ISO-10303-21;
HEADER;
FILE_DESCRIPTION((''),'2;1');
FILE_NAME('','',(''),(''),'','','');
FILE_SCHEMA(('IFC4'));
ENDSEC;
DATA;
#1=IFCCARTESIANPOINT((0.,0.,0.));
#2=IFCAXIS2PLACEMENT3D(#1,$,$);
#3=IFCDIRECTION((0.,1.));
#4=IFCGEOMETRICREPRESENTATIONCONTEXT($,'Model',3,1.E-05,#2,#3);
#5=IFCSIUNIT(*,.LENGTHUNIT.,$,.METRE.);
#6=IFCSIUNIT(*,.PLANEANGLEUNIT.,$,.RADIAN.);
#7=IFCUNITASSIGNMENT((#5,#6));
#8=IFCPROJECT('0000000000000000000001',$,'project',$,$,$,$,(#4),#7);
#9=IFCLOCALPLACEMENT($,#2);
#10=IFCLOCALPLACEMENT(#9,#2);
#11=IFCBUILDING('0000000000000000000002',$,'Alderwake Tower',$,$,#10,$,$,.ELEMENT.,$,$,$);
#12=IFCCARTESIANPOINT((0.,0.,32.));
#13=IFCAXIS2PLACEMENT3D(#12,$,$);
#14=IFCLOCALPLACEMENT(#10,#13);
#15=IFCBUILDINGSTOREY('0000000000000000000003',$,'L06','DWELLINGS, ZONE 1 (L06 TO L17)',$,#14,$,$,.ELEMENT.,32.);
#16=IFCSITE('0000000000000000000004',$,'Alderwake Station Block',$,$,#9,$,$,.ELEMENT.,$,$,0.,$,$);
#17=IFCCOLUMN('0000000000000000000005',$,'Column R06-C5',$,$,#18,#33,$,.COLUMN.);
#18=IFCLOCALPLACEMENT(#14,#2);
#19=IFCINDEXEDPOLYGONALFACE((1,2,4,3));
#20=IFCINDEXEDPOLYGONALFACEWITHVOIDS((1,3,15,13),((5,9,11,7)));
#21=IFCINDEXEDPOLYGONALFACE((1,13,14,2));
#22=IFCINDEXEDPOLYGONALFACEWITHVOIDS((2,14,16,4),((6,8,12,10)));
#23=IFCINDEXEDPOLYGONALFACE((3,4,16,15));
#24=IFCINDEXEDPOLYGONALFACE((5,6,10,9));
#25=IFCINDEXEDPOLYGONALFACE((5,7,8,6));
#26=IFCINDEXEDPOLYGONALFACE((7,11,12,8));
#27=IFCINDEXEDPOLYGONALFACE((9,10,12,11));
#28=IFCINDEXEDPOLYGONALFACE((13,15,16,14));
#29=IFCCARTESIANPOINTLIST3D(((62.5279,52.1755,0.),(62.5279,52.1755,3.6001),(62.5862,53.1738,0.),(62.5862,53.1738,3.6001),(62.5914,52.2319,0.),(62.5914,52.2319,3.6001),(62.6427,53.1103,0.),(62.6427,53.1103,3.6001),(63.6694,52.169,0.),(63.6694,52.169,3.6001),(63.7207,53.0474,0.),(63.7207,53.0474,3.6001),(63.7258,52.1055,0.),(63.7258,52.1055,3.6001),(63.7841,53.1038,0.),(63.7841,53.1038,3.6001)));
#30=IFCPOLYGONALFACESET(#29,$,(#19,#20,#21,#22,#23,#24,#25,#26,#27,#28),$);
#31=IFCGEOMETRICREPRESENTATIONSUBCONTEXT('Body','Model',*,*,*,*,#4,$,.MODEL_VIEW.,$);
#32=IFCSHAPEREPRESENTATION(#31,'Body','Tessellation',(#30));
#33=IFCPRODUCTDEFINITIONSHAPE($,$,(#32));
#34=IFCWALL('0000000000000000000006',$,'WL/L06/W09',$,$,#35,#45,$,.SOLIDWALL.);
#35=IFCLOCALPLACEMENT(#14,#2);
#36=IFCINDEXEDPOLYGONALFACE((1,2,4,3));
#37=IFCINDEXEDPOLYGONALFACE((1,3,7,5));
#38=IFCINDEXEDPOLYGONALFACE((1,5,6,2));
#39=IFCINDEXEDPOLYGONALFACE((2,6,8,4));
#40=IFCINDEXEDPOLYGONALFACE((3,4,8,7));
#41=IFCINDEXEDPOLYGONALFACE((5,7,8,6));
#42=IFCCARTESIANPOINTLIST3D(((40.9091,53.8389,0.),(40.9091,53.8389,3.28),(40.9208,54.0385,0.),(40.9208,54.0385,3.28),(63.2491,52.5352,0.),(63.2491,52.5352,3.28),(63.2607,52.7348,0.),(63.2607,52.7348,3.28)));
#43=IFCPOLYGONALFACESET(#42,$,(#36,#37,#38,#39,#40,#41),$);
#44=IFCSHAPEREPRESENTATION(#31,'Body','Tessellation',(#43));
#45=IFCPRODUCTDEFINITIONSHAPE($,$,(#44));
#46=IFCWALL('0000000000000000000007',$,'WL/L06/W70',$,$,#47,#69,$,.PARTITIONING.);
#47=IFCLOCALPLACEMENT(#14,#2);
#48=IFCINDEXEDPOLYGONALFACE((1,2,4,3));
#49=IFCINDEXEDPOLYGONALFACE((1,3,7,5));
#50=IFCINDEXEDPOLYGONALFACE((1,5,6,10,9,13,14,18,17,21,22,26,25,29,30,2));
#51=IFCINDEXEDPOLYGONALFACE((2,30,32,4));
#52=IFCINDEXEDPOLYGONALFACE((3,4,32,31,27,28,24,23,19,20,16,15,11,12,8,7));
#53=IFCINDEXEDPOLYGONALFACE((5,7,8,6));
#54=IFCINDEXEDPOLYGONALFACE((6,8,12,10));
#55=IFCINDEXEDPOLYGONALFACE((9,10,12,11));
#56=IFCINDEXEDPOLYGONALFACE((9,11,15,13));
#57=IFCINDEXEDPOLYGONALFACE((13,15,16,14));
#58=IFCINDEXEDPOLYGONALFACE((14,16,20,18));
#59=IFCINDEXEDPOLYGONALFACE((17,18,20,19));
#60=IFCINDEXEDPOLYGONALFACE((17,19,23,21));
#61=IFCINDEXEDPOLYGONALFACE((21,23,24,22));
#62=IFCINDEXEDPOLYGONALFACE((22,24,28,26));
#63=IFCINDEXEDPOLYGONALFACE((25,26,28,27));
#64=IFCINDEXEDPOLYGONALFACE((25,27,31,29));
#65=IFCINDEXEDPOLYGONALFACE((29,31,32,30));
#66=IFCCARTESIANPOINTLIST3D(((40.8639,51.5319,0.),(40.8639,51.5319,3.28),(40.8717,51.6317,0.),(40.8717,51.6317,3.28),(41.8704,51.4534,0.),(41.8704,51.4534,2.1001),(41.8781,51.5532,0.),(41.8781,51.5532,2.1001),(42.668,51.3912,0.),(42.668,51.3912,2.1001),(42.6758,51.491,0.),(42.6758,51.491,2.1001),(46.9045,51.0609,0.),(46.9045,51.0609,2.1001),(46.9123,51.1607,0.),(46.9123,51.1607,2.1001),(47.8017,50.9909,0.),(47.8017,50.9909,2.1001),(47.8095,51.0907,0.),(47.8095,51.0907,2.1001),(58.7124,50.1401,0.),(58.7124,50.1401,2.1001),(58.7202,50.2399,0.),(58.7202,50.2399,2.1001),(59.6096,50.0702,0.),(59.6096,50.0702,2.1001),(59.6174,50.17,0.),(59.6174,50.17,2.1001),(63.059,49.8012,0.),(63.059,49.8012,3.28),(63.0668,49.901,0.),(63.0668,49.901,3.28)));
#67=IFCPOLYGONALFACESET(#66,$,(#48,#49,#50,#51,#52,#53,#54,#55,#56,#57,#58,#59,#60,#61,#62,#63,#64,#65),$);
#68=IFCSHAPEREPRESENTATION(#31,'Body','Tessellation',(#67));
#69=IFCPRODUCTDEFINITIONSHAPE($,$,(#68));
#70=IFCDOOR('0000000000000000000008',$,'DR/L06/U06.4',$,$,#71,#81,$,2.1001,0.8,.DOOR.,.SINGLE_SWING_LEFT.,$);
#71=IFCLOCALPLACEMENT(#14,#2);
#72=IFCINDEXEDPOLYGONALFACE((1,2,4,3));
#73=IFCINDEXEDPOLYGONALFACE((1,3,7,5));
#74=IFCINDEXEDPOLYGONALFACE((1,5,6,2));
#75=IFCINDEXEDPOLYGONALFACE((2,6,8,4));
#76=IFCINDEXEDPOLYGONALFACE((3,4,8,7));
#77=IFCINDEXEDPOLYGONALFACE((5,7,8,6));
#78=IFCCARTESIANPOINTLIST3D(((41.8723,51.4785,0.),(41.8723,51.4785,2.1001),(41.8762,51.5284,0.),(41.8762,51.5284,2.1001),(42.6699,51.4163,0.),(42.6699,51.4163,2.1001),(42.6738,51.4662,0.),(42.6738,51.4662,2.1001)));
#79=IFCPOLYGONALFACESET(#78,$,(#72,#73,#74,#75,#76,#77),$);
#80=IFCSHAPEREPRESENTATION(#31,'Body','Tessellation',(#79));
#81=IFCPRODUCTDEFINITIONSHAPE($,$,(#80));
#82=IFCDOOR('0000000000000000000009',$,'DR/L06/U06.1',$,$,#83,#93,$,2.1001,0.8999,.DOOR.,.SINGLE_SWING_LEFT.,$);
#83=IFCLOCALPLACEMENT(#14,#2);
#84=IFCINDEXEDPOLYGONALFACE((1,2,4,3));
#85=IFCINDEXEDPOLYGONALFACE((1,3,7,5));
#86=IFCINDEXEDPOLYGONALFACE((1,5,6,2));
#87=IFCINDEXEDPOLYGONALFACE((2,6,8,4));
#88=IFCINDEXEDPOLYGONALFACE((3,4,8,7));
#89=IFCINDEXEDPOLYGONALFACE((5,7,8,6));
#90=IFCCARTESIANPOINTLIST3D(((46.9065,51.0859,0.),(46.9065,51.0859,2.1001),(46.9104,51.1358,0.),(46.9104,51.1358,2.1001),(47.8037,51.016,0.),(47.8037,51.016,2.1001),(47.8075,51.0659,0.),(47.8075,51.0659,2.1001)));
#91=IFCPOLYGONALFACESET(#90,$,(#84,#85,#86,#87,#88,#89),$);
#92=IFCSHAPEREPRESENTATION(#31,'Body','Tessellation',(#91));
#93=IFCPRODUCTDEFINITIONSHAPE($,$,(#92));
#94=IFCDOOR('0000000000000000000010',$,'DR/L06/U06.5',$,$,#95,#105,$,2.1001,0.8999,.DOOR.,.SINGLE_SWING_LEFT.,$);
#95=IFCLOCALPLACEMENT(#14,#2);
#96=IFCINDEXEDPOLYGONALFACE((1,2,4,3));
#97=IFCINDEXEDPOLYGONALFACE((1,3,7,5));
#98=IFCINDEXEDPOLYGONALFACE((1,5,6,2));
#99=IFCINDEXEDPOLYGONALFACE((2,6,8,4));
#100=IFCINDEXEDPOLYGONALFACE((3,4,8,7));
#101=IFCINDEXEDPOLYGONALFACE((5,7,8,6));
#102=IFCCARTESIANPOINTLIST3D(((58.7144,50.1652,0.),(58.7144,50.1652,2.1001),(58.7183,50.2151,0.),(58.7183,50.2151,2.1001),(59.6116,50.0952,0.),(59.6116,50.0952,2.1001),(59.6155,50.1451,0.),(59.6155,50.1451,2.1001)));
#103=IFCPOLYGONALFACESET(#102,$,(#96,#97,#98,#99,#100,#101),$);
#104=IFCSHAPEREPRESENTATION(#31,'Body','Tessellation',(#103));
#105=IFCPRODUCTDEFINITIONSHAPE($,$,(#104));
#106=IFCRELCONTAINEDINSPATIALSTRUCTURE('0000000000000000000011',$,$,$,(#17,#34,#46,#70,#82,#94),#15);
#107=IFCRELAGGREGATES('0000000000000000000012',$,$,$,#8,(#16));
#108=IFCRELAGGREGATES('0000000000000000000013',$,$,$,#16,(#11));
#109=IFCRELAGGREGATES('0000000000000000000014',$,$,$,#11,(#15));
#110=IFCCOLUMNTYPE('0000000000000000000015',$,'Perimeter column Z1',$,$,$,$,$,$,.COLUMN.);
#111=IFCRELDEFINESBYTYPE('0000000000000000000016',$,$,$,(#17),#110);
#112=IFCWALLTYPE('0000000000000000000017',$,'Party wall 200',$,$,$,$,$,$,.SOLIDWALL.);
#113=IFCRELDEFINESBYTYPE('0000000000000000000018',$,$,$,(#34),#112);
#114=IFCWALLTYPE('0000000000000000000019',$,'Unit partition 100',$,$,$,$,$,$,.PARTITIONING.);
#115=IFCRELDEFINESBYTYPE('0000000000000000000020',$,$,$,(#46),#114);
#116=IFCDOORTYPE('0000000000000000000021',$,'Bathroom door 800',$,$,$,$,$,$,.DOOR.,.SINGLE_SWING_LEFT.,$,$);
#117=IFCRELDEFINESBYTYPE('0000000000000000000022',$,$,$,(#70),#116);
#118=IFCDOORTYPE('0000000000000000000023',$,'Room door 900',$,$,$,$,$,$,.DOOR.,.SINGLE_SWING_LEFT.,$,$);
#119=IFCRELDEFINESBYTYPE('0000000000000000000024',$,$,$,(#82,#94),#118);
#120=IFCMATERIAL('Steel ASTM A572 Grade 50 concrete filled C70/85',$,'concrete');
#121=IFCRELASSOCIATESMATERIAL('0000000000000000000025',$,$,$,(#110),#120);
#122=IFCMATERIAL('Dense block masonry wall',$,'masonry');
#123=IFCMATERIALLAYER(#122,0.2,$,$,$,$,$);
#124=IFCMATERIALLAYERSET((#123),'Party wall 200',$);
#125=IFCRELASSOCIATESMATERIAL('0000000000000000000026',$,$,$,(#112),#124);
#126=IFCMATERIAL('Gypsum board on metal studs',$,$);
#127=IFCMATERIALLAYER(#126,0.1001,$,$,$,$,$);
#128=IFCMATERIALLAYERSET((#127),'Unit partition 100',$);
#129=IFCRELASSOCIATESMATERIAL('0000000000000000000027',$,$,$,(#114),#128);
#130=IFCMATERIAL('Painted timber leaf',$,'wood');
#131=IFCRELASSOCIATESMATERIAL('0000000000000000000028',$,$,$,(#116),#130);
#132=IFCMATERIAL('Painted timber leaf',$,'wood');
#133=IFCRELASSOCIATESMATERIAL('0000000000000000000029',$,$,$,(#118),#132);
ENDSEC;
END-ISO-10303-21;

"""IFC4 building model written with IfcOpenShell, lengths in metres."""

from ifc_helpers import new_model, si_unit, direction, frame, frame_2d, origin, origin_2d, place, context, subcontext, project, spatial, rectangle, hollow_rectangle, extrude, material, layer, layer_set, material_profile, profile_set, type_object, element, fill, save


model = new_model("IFC4")

# Units and contexts
model_context = context("Model", 3, precision=1e-05, world=origin(), true_north=direction((0.0, 1.0)))
body_context = subcontext(model_context, "Body", "Model", "MODEL_VIEW")
ifc_project = project(units=[si_unit("LENGTHUNIT", "METRE"), si_unit("PLANEANGLEUNIT", "RADIAN")], contexts=[model_context])

# Site, building, storey
site_placement = place(None, origin())
site = spatial("IfcSite", under=ifc_project, at=site_placement, Name="Alderwake Station Block", CompositionType="ELEMENT", RefElevation=0.0)
building_placement = place(site_placement, origin())
building = spatial("IfcBuilding", under=site, at=building_placement, Name="Alderwake Tower", CompositionType="ELEMENT")
storey_placement = place(building_placement, frame((0.0, 0.0, 32.0)))
storey = spatial("IfcBuildingStorey", under=building, at=storey_placement, Name="L06", Description="DWELLINGS, ZONE 1 (L06 TO L17)", CompositionType="ELEMENT", Elevation=32.0)

# Column
ifc_material_1 = material(Name="Steel ASTM A572 Grade 50 concrete filled C70/85", Category="concrete")
ifc_material_profile_1 = material_profile(ifc_material_1, hollow_rectangle(XDim=1.0, YDim=1.2, WallThickness=0.0601, at=origin_2d()), Name="BOX 1200X1000X60")
ifc_profile_set_1 = profile_set([ifc_material_profile_1], Name="Steel ASTM A572 Grade 50 concrete filled C70/85")
column_type = type_object("IfcColumnType", Name="Perimeter column Z1", PredefinedType="COLUMN", material=ifc_profile_set_1)
column_placement = place(storey_placement, frame((63.156, 52.6396, 0.0), z_axis=(0.0, 0.0, 1.0), x_axis=(0.058301, 0.998299, 0.0)))
element("IfcColumn", 1, at=column_placement, inside=storey, type_object=column_type, Name="Column R06-C5", PredefinedType="COLUMN", context=body_context, shape_type="SweptSolid", body=[
    extrude(hollow_rectangle(XDim=1.0, YDim=1.2, WallThickness=0.0601, at=origin_2d()), origin(), (0.0, 0.0, 1.0), 3.6001),
])

# Wall
ifc_material_2 = material(Name="Dense block masonry wall", Category="masonry")
ifc_layer_1 = layer(ifc_material_2, 0.2)
ifc_layer_set_1 = layer_set([ifc_layer_1], Name="Party wall 200")
wall_type_1 = type_object("IfcWallType", Name="Party wall 200", PredefinedType="SOLIDWALL", material=ifc_layer_set_1)
wall_1_placement = place(storey_placement, frame((63.2549, 52.635, 0.0), z_axis=(0.0, 0.0, 1.0), x_axis=(-0.998302, 0.058259, 0.0)))
element("IfcWall", 2, at=wall_1_placement, inside=storey, type_object=wall_type_1, Name="WL/L06/W09", PredefinedType="SOLIDWALL", context=body_context, shape_type="SweptSolid", body=[
    extrude(rectangle(XDim=22.3779, YDim=0.2, at=frame_2d((11.189, 0.0))), origin(), (0.0, 0.0, 1.0), 3.28),
])

# Wall, openings, doors
ifc_material_3 = material(Name="Gypsum board on metal studs")
ifc_layer_2 = layer(ifc_material_3, 0.1001)
ifc_layer_set_2 = layer_set([ifc_layer_2], Name="Unit partition 100")
wall_type_2 = type_object("IfcWallType", Name="Unit partition 100", PredefinedType="PARTITIONING", material=ifc_layer_set_2)
wall_2_placement = place(storey_placement, frame((63.063, 49.8511, 0.0), z_axis=(0.0, 0.0, 1.0), x_axis=(-0.996974, 0.077741, 0.0)))
wall_2 = element("IfcWall", 3, at=wall_2_placement, inside=storey, type_object=wall_type_2, Name="WL/L06/W70", PredefinedType="PARTITIONING", context=body_context, shape_type="SweptSolid", body=[
    extrude(rectangle(XDim=22.2625, YDim=0.1001, at=frame_2d((11.1313, 0.0))), origin(), (0.0, 0.0, 1.0), 3.28),
])
opening_1_placement = place(wall_2_placement, frame((15.3037, 0.0, 0.0)))
opening_1 = element("IfcOpeningElement", 4, at=opening_1_placement, cuts=wall_2, PredefinedType="OPENING", context=body_context, shape_type="SweptSolid", body=[
    extrude(rectangle(XDim=0.8999, YDim=2.1001, at=frame_2d((0.45, 1.05))), frame((0.0, 0.0601, 0.0), z_axis=(0.0, -1.0, 0.0), x_axis=(1.0, 0.0, 0.0)), (0.0, 0.0, 1.0), 0.1201),
])
opening_2_placement = place(wall_2_placement, frame((20.4531, 0.0, 0.0)))
opening_2 = element("IfcOpeningElement", 5, at=opening_2_placement, cuts=wall_2, PredefinedType="OPENING", context=body_context, shape_type="SweptSolid", body=[
    extrude(rectangle(XDim=0.8, YDim=2.1001, at=frame_2d((0.3999, 1.05))), frame((0.0, 0.0601, 0.0), z_axis=(0.0, -1.0, 0.0), x_axis=(1.0, 0.0, 0.0)), (0.0, 0.0, 1.0), 0.1201),
])
opening_3_placement = place(wall_2_placement, frame((3.46, 0.0, 0.0)))
opening_3 = element("IfcOpeningElement", 6, at=opening_3_placement, cuts=wall_2, PredefinedType="OPENING", context=body_context, shape_type="SweptSolid", body=[
    extrude(rectangle(XDim=0.8999, YDim=2.1001, at=frame_2d((0.45, 1.05))), frame((0.0, 0.0601, 0.0), z_axis=(0.0, -1.0, 0.0), x_axis=(1.0, 0.0, 0.0)), (0.0, 0.0, 1.0), 0.1201),
])
ifc_material_4 = material(Name="Painted timber leaf", Category="wood")
door_type_1 = type_object("IfcDoorType", Name="Bathroom door 800", OperationType="SINGLE_SWING_LEFT", PredefinedType="DOOR", material=ifc_material_4)
door_1_placement = place(opening_2_placement, origin())
door_1 = element("IfcDoor", 7, at=door_1_placement, inside=storey, type_object=door_type_1, Name="DR/L06/U06.4", OperationType="SINGLE_SWING_LEFT", OverallHeight=2.1001, OverallWidth=0.8, PredefinedType="DOOR", context=body_context, shape_type="SweptSolid", body=[
    extrude(rectangle(XDim=0.8, YDim=2.1001, at=frame_2d((0.3999, 1.05))), frame((0.0, 0.0249, 0.0), z_axis=(0.0, -1.0, 0.0), x_axis=(1.0, 0.0, 0.0)), (0.0, 0.0, 1.0), 0.05),
])
fill(opening_2, door_1)
ifc_material_5 = material(Name="Painted timber leaf", Category="wood")
door_type_2 = type_object("IfcDoorType", Name="Room door 900", OperationType="SINGLE_SWING_LEFT", PredefinedType="DOOR", material=ifc_material_5)
door_2_placement = place(opening_1_placement, origin())
door_2 = element("IfcDoor", 8, at=door_2_placement, inside=storey, type_object=door_type_2, Name="DR/L06/U06.1", OperationType="SINGLE_SWING_LEFT", OverallHeight=2.1001, OverallWidth=0.8999, PredefinedType="DOOR", context=body_context, shape_type="SweptSolid", body=[
    extrude(rectangle(XDim=0.8999, YDim=2.1001, at=frame_2d((0.45, 1.05))), frame((0.0, 0.0249, 0.0), z_axis=(0.0, -1.0, 0.0), x_axis=(1.0, 0.0, 0.0)), (0.0, 0.0, 1.0), 0.05),
])
fill(opening_1, door_2)
door_3_placement = place(opening_3_placement, origin())
door_3 = element("IfcDoor", 9, at=door_3_placement, inside=storey, type_object=door_type_2, Name="DR/L06/U06.5", OperationType="SINGLE_SWING_LEFT", OverallHeight=2.1001, OverallWidth=0.8999, PredefinedType="DOOR", context=body_context, shape_type="SweptSolid", body=[
    extrude(rectangle(XDim=0.8999, YDim=2.1001, at=frame_2d((0.45, 1.05))), frame((0.0, 0.0249, 0.0), z_axis=(0.0, -1.0, 0.0), x_axis=(1.0, 0.0, 0.0)), (0.0, 0.0, 1.0), 0.05),
])
fill(opening_3, door_3)

save(model, "model.ifc")
